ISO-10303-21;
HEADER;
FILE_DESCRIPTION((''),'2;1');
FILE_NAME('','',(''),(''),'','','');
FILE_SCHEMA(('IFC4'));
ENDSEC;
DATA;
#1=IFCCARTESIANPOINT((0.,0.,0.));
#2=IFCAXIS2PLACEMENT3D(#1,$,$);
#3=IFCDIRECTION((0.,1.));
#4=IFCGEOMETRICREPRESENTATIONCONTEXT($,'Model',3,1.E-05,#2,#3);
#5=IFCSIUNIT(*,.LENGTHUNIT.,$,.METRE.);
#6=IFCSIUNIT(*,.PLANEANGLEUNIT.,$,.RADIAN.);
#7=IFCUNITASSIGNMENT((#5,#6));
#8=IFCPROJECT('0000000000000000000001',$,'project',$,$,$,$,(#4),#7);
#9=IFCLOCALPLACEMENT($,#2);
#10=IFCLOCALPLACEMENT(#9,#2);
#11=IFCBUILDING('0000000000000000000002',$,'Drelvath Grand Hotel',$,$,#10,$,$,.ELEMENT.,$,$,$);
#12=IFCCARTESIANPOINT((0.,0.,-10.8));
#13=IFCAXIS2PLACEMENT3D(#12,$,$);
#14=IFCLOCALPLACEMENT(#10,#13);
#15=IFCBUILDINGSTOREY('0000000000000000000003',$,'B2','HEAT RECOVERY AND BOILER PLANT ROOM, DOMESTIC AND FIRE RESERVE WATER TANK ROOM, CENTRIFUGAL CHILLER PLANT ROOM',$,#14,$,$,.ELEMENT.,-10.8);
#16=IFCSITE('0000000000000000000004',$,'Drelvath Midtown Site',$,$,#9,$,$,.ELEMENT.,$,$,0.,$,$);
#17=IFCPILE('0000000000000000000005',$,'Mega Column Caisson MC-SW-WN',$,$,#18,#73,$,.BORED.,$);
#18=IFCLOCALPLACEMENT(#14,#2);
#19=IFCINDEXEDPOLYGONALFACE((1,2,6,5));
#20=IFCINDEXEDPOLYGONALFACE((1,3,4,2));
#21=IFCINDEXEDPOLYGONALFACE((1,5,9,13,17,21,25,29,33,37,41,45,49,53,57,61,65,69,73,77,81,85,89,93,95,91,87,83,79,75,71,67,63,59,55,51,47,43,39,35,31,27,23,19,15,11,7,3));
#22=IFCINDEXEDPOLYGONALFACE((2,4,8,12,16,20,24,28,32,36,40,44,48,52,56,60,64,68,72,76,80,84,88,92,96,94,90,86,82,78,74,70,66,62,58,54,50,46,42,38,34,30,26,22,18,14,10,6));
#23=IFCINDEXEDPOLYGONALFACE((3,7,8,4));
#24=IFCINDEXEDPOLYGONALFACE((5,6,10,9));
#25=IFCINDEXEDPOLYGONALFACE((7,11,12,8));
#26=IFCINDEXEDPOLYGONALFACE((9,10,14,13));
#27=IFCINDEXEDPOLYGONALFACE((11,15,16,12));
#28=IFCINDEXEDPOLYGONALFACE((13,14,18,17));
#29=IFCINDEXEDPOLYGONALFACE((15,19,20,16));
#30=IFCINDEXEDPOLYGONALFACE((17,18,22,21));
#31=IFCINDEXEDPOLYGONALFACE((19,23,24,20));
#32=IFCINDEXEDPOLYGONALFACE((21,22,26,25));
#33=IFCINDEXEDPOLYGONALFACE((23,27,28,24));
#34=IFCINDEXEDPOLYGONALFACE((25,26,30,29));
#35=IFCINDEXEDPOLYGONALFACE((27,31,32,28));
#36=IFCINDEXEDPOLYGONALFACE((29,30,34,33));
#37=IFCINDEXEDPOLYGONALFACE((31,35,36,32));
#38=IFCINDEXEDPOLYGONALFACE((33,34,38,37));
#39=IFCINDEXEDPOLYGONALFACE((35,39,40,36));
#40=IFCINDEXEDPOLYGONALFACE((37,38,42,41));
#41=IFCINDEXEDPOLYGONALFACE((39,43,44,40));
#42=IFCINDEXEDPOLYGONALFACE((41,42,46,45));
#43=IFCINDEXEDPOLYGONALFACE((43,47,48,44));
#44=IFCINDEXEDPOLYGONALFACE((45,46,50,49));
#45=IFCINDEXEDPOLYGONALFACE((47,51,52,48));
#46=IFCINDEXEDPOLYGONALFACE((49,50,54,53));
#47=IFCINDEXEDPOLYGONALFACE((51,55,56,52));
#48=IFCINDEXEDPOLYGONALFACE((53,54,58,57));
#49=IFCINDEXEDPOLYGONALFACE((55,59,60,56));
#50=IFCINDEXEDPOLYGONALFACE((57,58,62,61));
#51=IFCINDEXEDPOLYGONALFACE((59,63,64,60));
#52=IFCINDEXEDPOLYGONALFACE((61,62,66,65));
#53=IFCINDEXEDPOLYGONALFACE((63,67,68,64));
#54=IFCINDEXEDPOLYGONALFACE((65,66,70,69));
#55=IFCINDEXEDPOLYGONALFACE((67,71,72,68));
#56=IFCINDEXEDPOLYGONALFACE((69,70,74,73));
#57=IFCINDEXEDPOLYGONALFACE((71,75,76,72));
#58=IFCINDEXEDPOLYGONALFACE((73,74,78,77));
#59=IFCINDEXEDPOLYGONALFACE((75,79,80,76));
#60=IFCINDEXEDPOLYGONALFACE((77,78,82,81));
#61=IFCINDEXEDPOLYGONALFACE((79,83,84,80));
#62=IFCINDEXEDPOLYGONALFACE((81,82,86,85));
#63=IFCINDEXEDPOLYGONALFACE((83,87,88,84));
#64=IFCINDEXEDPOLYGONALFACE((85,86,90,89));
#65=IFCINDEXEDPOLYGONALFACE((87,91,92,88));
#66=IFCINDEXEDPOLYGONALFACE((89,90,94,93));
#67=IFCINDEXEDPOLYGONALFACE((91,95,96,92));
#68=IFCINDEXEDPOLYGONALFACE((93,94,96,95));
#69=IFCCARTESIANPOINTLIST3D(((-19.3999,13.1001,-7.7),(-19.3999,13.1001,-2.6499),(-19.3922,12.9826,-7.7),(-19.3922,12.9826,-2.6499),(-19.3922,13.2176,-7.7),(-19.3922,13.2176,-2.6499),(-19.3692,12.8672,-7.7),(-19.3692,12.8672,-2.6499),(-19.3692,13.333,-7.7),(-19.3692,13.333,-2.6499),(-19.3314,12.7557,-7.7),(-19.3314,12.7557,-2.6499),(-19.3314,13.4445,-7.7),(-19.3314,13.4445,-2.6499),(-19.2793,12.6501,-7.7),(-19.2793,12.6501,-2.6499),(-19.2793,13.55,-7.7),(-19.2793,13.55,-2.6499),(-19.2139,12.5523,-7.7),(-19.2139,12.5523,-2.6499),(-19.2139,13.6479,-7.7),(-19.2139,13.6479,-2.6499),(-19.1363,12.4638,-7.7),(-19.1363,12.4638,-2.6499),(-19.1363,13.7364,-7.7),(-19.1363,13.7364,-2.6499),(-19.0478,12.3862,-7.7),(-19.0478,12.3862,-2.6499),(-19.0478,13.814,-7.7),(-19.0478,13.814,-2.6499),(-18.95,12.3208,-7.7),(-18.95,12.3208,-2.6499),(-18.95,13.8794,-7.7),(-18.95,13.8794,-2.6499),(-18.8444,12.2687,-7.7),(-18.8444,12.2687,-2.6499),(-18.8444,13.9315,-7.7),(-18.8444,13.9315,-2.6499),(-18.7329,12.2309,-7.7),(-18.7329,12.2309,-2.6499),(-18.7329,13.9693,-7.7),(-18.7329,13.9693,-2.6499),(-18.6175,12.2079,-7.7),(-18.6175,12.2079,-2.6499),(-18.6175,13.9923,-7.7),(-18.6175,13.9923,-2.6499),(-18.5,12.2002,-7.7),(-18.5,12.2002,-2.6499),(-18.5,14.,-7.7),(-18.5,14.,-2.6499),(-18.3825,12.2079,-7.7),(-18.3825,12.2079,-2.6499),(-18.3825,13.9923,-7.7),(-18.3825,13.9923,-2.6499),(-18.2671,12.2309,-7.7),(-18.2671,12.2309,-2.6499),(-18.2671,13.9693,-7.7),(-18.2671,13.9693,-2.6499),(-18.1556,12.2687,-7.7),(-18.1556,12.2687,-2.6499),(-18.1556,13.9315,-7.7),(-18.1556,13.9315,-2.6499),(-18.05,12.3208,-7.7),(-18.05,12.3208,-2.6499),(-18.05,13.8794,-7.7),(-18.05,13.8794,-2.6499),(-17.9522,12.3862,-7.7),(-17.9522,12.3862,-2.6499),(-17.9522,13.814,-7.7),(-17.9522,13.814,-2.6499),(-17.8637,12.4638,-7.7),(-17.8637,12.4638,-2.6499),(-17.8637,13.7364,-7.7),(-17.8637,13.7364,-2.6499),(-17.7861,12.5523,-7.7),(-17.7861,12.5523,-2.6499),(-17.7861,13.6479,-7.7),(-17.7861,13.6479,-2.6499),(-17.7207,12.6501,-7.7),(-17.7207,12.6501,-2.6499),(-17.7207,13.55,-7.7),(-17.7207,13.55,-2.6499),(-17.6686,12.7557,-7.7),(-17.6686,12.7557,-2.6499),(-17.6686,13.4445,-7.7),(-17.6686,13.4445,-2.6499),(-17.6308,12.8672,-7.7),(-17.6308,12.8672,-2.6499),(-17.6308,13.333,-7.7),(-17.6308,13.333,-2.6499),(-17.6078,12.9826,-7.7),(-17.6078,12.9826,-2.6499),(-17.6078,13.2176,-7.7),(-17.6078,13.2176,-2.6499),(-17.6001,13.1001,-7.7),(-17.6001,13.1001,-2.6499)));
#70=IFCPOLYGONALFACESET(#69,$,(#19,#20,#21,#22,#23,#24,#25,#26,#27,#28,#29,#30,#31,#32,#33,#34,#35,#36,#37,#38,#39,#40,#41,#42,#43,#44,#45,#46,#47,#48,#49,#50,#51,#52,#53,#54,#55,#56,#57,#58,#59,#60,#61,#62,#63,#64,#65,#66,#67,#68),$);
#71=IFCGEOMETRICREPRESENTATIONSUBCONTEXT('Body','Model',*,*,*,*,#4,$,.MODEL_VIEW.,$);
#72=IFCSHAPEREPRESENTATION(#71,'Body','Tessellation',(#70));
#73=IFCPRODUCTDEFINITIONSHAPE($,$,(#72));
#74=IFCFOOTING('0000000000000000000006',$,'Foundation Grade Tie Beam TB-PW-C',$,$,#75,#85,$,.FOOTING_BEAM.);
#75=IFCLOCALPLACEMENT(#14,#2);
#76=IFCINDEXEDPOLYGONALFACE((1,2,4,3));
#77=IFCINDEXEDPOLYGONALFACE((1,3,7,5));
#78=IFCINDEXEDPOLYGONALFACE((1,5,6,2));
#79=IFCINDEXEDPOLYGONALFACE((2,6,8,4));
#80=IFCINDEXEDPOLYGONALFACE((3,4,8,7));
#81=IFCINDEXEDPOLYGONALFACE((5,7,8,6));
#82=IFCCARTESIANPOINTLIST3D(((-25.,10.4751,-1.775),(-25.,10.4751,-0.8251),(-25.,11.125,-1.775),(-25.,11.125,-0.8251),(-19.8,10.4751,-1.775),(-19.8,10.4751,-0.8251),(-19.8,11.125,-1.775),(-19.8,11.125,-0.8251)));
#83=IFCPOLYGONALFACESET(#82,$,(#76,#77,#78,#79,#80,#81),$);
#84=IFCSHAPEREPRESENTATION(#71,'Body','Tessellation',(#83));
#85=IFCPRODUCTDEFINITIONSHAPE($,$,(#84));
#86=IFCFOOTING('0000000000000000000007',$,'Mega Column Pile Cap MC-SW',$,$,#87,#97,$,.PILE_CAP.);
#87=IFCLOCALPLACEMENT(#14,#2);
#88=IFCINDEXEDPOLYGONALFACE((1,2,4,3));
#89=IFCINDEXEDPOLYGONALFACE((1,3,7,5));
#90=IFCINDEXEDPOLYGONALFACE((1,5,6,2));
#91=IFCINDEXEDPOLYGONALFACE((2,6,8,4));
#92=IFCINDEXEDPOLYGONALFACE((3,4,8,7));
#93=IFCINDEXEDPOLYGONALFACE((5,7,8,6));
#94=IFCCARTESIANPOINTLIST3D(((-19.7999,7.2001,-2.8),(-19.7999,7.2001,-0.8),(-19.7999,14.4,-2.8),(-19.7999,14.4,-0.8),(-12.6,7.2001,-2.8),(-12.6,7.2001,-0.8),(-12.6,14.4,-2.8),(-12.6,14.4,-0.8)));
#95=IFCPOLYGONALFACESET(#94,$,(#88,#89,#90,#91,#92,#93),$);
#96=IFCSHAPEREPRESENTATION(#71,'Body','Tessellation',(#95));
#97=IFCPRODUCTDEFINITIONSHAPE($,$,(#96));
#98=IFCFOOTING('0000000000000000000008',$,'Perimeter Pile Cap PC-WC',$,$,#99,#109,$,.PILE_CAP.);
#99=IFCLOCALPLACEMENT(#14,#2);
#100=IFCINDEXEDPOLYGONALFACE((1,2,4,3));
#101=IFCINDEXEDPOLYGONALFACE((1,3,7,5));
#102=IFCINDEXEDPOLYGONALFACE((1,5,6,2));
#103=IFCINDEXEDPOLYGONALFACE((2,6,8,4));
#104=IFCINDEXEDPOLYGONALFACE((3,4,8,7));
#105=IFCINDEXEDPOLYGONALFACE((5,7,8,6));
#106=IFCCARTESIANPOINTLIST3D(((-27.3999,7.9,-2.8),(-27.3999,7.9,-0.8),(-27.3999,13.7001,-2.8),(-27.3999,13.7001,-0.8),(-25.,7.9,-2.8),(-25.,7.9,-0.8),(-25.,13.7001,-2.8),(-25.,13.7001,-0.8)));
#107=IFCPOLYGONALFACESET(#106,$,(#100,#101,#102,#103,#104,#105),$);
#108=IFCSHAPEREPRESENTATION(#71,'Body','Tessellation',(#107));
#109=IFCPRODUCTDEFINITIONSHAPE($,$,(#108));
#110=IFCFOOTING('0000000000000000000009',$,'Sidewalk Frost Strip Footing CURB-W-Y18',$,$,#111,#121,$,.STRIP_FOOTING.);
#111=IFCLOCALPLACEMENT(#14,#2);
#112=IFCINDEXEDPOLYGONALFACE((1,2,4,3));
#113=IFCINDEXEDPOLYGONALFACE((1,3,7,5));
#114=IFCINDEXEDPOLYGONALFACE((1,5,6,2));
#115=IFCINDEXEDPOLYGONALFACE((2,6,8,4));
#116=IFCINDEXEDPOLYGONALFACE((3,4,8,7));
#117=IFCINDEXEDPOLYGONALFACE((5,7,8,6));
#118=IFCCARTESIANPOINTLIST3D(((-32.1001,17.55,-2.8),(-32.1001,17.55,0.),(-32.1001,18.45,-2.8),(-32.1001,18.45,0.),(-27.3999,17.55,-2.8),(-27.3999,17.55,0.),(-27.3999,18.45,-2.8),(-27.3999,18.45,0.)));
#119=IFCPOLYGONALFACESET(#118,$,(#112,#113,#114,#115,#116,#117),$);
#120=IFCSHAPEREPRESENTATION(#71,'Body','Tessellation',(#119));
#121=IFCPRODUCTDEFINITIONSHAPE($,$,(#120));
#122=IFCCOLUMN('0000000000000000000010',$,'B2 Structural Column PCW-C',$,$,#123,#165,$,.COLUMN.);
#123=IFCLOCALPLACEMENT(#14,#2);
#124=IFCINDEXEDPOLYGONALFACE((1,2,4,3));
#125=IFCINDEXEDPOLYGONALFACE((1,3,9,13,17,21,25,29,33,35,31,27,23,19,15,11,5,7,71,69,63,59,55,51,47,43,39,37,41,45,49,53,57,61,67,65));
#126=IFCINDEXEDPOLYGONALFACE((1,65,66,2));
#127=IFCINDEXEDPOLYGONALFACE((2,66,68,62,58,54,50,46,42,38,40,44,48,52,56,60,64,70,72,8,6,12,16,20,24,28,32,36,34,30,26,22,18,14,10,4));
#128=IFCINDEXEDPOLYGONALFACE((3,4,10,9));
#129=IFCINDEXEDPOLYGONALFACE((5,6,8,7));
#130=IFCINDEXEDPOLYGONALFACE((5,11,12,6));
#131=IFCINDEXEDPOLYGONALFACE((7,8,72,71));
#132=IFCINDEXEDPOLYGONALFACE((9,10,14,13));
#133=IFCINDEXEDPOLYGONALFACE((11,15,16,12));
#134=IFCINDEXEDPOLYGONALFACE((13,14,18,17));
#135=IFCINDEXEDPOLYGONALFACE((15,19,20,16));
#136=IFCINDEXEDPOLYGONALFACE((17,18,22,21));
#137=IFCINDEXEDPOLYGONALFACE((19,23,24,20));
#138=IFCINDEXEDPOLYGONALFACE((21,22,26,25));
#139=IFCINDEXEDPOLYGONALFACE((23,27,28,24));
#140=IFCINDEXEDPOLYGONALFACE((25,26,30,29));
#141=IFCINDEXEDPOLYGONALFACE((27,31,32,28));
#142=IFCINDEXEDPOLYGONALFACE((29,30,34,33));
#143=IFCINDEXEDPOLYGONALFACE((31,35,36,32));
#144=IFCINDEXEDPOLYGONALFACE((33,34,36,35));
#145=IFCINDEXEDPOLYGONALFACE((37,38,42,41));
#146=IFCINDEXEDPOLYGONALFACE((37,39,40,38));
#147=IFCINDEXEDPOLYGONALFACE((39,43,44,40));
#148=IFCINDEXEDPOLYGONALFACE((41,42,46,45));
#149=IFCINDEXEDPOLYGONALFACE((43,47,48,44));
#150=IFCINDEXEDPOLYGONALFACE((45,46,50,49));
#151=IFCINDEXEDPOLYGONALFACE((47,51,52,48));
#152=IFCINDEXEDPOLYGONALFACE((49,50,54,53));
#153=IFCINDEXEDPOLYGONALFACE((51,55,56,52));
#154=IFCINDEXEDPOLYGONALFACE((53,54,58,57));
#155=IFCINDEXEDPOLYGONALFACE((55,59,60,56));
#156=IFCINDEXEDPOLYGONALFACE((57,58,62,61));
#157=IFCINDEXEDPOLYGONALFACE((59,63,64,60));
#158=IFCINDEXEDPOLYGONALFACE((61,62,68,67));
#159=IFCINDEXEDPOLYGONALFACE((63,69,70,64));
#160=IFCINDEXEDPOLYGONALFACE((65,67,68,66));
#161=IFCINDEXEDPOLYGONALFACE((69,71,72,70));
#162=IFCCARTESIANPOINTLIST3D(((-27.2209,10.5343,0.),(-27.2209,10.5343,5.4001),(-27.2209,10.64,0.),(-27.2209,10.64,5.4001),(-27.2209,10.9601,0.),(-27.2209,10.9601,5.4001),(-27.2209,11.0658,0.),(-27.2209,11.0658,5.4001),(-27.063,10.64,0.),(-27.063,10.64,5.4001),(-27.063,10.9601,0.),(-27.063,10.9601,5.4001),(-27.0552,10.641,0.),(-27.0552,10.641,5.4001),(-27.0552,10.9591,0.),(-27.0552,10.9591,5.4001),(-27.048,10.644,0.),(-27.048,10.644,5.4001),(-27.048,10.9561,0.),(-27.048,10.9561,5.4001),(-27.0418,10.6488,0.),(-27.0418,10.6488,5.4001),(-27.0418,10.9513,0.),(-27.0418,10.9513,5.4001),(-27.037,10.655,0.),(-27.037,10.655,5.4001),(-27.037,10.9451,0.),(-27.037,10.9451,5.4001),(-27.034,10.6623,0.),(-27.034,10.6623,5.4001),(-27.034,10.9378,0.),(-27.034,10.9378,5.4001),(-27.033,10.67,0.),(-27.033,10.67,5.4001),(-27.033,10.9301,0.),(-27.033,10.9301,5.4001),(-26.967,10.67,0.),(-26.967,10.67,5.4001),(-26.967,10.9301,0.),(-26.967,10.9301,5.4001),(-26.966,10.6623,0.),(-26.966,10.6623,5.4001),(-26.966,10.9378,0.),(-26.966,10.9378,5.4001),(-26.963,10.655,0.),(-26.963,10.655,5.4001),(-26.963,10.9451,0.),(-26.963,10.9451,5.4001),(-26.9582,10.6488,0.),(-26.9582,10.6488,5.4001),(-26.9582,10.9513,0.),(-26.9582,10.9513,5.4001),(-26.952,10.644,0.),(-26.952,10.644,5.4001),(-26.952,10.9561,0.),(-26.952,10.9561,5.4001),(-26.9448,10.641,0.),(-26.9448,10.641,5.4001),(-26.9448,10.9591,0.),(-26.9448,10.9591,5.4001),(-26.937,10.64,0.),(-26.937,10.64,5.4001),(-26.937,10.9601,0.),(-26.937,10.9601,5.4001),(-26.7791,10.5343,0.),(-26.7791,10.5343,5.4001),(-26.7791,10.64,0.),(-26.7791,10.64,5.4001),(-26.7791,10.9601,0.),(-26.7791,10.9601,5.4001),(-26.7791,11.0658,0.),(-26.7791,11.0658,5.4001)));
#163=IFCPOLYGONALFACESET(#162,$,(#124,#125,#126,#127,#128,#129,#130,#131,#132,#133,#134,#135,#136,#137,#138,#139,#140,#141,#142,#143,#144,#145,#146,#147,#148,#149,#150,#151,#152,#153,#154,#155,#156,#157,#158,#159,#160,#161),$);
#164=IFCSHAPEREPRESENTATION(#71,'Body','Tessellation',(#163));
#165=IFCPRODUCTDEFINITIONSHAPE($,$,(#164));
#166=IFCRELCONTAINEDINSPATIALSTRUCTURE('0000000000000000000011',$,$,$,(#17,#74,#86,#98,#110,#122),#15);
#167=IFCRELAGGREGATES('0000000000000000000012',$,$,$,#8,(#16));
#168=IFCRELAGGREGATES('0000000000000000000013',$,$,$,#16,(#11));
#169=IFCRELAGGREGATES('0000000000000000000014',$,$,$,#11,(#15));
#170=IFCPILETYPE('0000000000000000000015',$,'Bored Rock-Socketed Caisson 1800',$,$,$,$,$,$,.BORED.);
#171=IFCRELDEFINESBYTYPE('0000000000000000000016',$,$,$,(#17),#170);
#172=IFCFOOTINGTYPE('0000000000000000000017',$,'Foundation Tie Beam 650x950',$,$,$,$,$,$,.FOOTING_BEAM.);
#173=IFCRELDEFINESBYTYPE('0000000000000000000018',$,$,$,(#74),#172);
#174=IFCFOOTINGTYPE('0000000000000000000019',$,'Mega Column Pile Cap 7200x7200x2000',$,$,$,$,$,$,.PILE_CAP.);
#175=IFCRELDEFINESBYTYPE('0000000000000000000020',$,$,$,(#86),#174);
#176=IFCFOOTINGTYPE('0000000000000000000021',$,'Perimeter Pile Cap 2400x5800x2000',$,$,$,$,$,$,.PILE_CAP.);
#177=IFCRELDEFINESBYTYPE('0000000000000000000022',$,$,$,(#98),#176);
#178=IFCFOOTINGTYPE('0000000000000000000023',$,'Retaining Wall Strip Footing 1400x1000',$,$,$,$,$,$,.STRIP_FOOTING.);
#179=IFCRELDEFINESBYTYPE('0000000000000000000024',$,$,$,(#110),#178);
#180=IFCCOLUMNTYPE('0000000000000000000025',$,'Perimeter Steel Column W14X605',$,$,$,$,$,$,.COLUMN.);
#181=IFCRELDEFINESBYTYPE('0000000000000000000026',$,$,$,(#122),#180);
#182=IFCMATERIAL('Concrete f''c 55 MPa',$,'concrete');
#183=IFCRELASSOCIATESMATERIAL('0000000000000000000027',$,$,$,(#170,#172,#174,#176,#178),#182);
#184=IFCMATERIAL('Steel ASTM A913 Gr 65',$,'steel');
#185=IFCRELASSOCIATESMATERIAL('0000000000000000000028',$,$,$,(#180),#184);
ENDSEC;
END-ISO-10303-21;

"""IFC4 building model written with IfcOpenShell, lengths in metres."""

from ifc_helpers import new_model, si_unit, direction, frame, frame_2d, origin, origin_2d, place, context, subcontext, project, spatial, rectangle, circle, i_section, extrude, material, material_profile, profile_set, type_object, element, save


model = new_model("IFC4")

# Units and contexts
model_context = context("Model", 3, precision=1e-05, world=origin(), true_north=direction((0.0, 1.0)))
body_context = subcontext(model_context, "Body", "Model", "MODEL_VIEW")
ifc_project = project(units=[si_unit("LENGTHUNIT", "METRE"), si_unit("PLANEANGLEUNIT", "RADIAN")], contexts=[model_context])

# Site, building, storey
site_placement = place(None, origin())
site = spatial("IfcSite", under=ifc_project, at=site_placement, Name="Drelvath Midtown Site", CompositionType="ELEMENT", RefElevation=0.0)
building_placement = place(site_placement, origin())
building = spatial("IfcBuilding", under=site, at=building_placement, Name="Drelvath Grand Hotel", CompositionType="ELEMENT")
storey_placement = place(building_placement, frame((0.0, 0.0, -10.8)))
storey = spatial("IfcBuildingStorey", under=building, at=storey_placement, Name="B2", Description="HEAT RECOVERY AND BOILER PLANT ROOM, DOMESTIC AND FIRE RESERVE WATER TANK ROOM, CENTRIFUGAL CHILLER PLANT ROOM", CompositionType="ELEMENT", Elevation=-10.8)

# Pile
ifc_material_1 = material(Name="Concrete f'c 55 MPa", Category="concrete")
ifc_material_profile_1 = material_profile(ifc_material_1, circle(Radius=0.8999, at=origin_2d()), Name="CAISSON1800")
ifc_profile_set_1 = profile_set([ifc_material_profile_1], Name="Concrete f'c 55 MPa")
pile_type_1 = type_object("IfcPileType", Name="Bored Rock-Socketed Caisson 1800", PredefinedType="BORED", material=ifc_profile_set_1)
for number, where, z_axis, x_axis, name in (
    (1, (-18.5, 13.1001, -2.6499), (0.0, 0.0, -1.0), (1.0, 0.0, 0.0), "Mega Column Caisson MC-SW-WN"),
):
    element("IfcPile", number, at=place(storey_placement, frame(where, z_axis=z_axis, x_axis=x_axis)), inside=storey, type_object=pile_type_1, Name=name, PredefinedType="BORED", context=body_context, shape_type="SweptSolid", body=[
        extrude(circle(Radius=0.8999, at=origin_2d()), origin(), (0.0, 0.0, 1.0), 5.05),
    ])

# Footings
ifc_material_profile_2 = material_profile(ifc_material_1, rectangle(XDim=0.6499, YDim=0.95, at=origin_2d()), Name="CB650X950")
ifc_profile_set_2 = profile_set([ifc_material_profile_2], Name="Concrete f'c 55 MPa")
footing_type_1 = type_object("IfcFootingType", Name="Foundation Tie Beam 650x950", PredefinedType="FOOTING_BEAM", material=ifc_profile_set_2)
footing_1_placement = place(storey_placement, frame((-25.0, 10.8, -1.3), z_axis=(1.0, 0.0, 0.0), x_axis=(0.0, 1.0, 0.0)))
element("IfcFooting", 2, at=footing_1_placement, inside=storey, type_object=footing_type_1, Name="Foundation Grade Tie Beam TB-PW-C", PredefinedType="FOOTING_BEAM", context=body_context, shape_type="SweptSolid", body=[
    extrude(rectangle(XDim=0.6499, YDim=0.95, at=origin_2d()), origin(), (0.0, 0.0, 1.0), 5.2),
])
footing_type_2 = type_object("IfcFootingType", Name="Mega Column Pile Cap 7200x7200x2000", PredefinedType="PILE_CAP", material=ifc_material_1)
footing_2_placement = place(storey_placement, frame((-16.2, 10.8, -2.8), z_axis=(0.0, 0.0, 1.0), x_axis=(1.0, 0.0, 0.0)))
element("IfcFooting", 3, at=footing_2_placement, inside=storey, type_object=footing_type_2, Name="Mega Column Pile Cap MC-SW", PredefinedType="PILE_CAP", context=body_context, shape_type="SweptSolid", body=[
    extrude(rectangle(XDim=7.2, YDim=7.2, at=origin_2d()), origin(), (0.0, 0.0, 1.0), 2.0),
])
footing_type_3 = type_object("IfcFootingType", Name="Perimeter Pile Cap 2400x5800x2000", PredefinedType="PILE_CAP", material=ifc_material_1)
footing_3_placement = place(storey_placement, frame((-26.2, 10.8, -2.8), z_axis=(0.0, 0.0, 1.0), x_axis=(1.0, 0.0, 0.0)))
element("IfcFooting", 4, at=footing_3_placement, inside=storey, type_object=footing_type_3, Name="Perimeter Pile Cap PC-WC", PredefinedType="PILE_CAP", context=body_context, shape_type="SweptSolid", body=[
    extrude(rectangle(XDim=2.3999, YDim=5.8, at=origin_2d()), origin(), (0.0, 0.0, 1.0), 2.0),
])
footing_type_4 = type_object("IfcFootingType", Name="Retaining Wall Strip Footing 1400x1000", PredefinedType="STRIP_FOOTING", material=ifc_material_1)
footing_4_placement = place(storey_placement, frame((-32.1001, 18.0, -2.8), z_axis=(0.0, 0.0, 1.0), x_axis=(1.0, 0.0, 0.0)))
element("IfcFooting", 5, at=footing_4_placement, inside=storey, type_object=footing_type_4, Name="Sidewalk Frost Strip Footing CURB-W-Y18", PredefinedType="STRIP_FOOTING", context=body_context, shape_type="SweptSolid", body=[
    extrude(rectangle(XDim=4.7002, YDim=0.8999, at=frame_2d((2.3501, 0.0))), origin(), (0.0, 0.0, 1.0), 2.8),
])

# Column
ifc_material_2 = material(Name="Steel ASTM A913 Gr 65", Category="steel")
ifc_material_profile_3 = material_profile(ifc_material_2, i_section(OverallWidth=0.4419, OverallDepth=0.5315, WebThickness=0.0659, FlangeThickness=0.1057, FilletRadius=0.03, at=origin_2d()), Name="W14X605")
ifc_profile_set_3 = profile_set([ifc_material_profile_3], Name="Steel ASTM A913 Gr 65")
column_type = type_object("IfcColumnType", Name="Perimeter Steel Column W14X605", PredefinedType="COLUMN", material=ifc_profile_set_3)
for number, where, z_axis, x_axis, name in (
    (6, (-27.0, 10.8, 0.0), (0.0, 0.0, 1.0), (1.0, 0.0, 0.0), "B2 Structural Column PCW-C"),
):
    element("IfcColumn", number, at=place(storey_placement, frame(where, z_axis=z_axis, x_axis=x_axis)), inside=storey, type_object=column_type, Name=name, PredefinedType="COLUMN", context=body_context, shape_type="SweptSolid", body=[
        extrude(i_section(OverallWidth=0.4419, OverallDepth=0.5315, WebThickness=0.0659, FlangeThickness=0.1057, FilletRadius=0.03, at=origin_2d()), origin(), (0.0, 0.0, 1.0), 5.4001),
    ])

save(model, "model.ifc")
